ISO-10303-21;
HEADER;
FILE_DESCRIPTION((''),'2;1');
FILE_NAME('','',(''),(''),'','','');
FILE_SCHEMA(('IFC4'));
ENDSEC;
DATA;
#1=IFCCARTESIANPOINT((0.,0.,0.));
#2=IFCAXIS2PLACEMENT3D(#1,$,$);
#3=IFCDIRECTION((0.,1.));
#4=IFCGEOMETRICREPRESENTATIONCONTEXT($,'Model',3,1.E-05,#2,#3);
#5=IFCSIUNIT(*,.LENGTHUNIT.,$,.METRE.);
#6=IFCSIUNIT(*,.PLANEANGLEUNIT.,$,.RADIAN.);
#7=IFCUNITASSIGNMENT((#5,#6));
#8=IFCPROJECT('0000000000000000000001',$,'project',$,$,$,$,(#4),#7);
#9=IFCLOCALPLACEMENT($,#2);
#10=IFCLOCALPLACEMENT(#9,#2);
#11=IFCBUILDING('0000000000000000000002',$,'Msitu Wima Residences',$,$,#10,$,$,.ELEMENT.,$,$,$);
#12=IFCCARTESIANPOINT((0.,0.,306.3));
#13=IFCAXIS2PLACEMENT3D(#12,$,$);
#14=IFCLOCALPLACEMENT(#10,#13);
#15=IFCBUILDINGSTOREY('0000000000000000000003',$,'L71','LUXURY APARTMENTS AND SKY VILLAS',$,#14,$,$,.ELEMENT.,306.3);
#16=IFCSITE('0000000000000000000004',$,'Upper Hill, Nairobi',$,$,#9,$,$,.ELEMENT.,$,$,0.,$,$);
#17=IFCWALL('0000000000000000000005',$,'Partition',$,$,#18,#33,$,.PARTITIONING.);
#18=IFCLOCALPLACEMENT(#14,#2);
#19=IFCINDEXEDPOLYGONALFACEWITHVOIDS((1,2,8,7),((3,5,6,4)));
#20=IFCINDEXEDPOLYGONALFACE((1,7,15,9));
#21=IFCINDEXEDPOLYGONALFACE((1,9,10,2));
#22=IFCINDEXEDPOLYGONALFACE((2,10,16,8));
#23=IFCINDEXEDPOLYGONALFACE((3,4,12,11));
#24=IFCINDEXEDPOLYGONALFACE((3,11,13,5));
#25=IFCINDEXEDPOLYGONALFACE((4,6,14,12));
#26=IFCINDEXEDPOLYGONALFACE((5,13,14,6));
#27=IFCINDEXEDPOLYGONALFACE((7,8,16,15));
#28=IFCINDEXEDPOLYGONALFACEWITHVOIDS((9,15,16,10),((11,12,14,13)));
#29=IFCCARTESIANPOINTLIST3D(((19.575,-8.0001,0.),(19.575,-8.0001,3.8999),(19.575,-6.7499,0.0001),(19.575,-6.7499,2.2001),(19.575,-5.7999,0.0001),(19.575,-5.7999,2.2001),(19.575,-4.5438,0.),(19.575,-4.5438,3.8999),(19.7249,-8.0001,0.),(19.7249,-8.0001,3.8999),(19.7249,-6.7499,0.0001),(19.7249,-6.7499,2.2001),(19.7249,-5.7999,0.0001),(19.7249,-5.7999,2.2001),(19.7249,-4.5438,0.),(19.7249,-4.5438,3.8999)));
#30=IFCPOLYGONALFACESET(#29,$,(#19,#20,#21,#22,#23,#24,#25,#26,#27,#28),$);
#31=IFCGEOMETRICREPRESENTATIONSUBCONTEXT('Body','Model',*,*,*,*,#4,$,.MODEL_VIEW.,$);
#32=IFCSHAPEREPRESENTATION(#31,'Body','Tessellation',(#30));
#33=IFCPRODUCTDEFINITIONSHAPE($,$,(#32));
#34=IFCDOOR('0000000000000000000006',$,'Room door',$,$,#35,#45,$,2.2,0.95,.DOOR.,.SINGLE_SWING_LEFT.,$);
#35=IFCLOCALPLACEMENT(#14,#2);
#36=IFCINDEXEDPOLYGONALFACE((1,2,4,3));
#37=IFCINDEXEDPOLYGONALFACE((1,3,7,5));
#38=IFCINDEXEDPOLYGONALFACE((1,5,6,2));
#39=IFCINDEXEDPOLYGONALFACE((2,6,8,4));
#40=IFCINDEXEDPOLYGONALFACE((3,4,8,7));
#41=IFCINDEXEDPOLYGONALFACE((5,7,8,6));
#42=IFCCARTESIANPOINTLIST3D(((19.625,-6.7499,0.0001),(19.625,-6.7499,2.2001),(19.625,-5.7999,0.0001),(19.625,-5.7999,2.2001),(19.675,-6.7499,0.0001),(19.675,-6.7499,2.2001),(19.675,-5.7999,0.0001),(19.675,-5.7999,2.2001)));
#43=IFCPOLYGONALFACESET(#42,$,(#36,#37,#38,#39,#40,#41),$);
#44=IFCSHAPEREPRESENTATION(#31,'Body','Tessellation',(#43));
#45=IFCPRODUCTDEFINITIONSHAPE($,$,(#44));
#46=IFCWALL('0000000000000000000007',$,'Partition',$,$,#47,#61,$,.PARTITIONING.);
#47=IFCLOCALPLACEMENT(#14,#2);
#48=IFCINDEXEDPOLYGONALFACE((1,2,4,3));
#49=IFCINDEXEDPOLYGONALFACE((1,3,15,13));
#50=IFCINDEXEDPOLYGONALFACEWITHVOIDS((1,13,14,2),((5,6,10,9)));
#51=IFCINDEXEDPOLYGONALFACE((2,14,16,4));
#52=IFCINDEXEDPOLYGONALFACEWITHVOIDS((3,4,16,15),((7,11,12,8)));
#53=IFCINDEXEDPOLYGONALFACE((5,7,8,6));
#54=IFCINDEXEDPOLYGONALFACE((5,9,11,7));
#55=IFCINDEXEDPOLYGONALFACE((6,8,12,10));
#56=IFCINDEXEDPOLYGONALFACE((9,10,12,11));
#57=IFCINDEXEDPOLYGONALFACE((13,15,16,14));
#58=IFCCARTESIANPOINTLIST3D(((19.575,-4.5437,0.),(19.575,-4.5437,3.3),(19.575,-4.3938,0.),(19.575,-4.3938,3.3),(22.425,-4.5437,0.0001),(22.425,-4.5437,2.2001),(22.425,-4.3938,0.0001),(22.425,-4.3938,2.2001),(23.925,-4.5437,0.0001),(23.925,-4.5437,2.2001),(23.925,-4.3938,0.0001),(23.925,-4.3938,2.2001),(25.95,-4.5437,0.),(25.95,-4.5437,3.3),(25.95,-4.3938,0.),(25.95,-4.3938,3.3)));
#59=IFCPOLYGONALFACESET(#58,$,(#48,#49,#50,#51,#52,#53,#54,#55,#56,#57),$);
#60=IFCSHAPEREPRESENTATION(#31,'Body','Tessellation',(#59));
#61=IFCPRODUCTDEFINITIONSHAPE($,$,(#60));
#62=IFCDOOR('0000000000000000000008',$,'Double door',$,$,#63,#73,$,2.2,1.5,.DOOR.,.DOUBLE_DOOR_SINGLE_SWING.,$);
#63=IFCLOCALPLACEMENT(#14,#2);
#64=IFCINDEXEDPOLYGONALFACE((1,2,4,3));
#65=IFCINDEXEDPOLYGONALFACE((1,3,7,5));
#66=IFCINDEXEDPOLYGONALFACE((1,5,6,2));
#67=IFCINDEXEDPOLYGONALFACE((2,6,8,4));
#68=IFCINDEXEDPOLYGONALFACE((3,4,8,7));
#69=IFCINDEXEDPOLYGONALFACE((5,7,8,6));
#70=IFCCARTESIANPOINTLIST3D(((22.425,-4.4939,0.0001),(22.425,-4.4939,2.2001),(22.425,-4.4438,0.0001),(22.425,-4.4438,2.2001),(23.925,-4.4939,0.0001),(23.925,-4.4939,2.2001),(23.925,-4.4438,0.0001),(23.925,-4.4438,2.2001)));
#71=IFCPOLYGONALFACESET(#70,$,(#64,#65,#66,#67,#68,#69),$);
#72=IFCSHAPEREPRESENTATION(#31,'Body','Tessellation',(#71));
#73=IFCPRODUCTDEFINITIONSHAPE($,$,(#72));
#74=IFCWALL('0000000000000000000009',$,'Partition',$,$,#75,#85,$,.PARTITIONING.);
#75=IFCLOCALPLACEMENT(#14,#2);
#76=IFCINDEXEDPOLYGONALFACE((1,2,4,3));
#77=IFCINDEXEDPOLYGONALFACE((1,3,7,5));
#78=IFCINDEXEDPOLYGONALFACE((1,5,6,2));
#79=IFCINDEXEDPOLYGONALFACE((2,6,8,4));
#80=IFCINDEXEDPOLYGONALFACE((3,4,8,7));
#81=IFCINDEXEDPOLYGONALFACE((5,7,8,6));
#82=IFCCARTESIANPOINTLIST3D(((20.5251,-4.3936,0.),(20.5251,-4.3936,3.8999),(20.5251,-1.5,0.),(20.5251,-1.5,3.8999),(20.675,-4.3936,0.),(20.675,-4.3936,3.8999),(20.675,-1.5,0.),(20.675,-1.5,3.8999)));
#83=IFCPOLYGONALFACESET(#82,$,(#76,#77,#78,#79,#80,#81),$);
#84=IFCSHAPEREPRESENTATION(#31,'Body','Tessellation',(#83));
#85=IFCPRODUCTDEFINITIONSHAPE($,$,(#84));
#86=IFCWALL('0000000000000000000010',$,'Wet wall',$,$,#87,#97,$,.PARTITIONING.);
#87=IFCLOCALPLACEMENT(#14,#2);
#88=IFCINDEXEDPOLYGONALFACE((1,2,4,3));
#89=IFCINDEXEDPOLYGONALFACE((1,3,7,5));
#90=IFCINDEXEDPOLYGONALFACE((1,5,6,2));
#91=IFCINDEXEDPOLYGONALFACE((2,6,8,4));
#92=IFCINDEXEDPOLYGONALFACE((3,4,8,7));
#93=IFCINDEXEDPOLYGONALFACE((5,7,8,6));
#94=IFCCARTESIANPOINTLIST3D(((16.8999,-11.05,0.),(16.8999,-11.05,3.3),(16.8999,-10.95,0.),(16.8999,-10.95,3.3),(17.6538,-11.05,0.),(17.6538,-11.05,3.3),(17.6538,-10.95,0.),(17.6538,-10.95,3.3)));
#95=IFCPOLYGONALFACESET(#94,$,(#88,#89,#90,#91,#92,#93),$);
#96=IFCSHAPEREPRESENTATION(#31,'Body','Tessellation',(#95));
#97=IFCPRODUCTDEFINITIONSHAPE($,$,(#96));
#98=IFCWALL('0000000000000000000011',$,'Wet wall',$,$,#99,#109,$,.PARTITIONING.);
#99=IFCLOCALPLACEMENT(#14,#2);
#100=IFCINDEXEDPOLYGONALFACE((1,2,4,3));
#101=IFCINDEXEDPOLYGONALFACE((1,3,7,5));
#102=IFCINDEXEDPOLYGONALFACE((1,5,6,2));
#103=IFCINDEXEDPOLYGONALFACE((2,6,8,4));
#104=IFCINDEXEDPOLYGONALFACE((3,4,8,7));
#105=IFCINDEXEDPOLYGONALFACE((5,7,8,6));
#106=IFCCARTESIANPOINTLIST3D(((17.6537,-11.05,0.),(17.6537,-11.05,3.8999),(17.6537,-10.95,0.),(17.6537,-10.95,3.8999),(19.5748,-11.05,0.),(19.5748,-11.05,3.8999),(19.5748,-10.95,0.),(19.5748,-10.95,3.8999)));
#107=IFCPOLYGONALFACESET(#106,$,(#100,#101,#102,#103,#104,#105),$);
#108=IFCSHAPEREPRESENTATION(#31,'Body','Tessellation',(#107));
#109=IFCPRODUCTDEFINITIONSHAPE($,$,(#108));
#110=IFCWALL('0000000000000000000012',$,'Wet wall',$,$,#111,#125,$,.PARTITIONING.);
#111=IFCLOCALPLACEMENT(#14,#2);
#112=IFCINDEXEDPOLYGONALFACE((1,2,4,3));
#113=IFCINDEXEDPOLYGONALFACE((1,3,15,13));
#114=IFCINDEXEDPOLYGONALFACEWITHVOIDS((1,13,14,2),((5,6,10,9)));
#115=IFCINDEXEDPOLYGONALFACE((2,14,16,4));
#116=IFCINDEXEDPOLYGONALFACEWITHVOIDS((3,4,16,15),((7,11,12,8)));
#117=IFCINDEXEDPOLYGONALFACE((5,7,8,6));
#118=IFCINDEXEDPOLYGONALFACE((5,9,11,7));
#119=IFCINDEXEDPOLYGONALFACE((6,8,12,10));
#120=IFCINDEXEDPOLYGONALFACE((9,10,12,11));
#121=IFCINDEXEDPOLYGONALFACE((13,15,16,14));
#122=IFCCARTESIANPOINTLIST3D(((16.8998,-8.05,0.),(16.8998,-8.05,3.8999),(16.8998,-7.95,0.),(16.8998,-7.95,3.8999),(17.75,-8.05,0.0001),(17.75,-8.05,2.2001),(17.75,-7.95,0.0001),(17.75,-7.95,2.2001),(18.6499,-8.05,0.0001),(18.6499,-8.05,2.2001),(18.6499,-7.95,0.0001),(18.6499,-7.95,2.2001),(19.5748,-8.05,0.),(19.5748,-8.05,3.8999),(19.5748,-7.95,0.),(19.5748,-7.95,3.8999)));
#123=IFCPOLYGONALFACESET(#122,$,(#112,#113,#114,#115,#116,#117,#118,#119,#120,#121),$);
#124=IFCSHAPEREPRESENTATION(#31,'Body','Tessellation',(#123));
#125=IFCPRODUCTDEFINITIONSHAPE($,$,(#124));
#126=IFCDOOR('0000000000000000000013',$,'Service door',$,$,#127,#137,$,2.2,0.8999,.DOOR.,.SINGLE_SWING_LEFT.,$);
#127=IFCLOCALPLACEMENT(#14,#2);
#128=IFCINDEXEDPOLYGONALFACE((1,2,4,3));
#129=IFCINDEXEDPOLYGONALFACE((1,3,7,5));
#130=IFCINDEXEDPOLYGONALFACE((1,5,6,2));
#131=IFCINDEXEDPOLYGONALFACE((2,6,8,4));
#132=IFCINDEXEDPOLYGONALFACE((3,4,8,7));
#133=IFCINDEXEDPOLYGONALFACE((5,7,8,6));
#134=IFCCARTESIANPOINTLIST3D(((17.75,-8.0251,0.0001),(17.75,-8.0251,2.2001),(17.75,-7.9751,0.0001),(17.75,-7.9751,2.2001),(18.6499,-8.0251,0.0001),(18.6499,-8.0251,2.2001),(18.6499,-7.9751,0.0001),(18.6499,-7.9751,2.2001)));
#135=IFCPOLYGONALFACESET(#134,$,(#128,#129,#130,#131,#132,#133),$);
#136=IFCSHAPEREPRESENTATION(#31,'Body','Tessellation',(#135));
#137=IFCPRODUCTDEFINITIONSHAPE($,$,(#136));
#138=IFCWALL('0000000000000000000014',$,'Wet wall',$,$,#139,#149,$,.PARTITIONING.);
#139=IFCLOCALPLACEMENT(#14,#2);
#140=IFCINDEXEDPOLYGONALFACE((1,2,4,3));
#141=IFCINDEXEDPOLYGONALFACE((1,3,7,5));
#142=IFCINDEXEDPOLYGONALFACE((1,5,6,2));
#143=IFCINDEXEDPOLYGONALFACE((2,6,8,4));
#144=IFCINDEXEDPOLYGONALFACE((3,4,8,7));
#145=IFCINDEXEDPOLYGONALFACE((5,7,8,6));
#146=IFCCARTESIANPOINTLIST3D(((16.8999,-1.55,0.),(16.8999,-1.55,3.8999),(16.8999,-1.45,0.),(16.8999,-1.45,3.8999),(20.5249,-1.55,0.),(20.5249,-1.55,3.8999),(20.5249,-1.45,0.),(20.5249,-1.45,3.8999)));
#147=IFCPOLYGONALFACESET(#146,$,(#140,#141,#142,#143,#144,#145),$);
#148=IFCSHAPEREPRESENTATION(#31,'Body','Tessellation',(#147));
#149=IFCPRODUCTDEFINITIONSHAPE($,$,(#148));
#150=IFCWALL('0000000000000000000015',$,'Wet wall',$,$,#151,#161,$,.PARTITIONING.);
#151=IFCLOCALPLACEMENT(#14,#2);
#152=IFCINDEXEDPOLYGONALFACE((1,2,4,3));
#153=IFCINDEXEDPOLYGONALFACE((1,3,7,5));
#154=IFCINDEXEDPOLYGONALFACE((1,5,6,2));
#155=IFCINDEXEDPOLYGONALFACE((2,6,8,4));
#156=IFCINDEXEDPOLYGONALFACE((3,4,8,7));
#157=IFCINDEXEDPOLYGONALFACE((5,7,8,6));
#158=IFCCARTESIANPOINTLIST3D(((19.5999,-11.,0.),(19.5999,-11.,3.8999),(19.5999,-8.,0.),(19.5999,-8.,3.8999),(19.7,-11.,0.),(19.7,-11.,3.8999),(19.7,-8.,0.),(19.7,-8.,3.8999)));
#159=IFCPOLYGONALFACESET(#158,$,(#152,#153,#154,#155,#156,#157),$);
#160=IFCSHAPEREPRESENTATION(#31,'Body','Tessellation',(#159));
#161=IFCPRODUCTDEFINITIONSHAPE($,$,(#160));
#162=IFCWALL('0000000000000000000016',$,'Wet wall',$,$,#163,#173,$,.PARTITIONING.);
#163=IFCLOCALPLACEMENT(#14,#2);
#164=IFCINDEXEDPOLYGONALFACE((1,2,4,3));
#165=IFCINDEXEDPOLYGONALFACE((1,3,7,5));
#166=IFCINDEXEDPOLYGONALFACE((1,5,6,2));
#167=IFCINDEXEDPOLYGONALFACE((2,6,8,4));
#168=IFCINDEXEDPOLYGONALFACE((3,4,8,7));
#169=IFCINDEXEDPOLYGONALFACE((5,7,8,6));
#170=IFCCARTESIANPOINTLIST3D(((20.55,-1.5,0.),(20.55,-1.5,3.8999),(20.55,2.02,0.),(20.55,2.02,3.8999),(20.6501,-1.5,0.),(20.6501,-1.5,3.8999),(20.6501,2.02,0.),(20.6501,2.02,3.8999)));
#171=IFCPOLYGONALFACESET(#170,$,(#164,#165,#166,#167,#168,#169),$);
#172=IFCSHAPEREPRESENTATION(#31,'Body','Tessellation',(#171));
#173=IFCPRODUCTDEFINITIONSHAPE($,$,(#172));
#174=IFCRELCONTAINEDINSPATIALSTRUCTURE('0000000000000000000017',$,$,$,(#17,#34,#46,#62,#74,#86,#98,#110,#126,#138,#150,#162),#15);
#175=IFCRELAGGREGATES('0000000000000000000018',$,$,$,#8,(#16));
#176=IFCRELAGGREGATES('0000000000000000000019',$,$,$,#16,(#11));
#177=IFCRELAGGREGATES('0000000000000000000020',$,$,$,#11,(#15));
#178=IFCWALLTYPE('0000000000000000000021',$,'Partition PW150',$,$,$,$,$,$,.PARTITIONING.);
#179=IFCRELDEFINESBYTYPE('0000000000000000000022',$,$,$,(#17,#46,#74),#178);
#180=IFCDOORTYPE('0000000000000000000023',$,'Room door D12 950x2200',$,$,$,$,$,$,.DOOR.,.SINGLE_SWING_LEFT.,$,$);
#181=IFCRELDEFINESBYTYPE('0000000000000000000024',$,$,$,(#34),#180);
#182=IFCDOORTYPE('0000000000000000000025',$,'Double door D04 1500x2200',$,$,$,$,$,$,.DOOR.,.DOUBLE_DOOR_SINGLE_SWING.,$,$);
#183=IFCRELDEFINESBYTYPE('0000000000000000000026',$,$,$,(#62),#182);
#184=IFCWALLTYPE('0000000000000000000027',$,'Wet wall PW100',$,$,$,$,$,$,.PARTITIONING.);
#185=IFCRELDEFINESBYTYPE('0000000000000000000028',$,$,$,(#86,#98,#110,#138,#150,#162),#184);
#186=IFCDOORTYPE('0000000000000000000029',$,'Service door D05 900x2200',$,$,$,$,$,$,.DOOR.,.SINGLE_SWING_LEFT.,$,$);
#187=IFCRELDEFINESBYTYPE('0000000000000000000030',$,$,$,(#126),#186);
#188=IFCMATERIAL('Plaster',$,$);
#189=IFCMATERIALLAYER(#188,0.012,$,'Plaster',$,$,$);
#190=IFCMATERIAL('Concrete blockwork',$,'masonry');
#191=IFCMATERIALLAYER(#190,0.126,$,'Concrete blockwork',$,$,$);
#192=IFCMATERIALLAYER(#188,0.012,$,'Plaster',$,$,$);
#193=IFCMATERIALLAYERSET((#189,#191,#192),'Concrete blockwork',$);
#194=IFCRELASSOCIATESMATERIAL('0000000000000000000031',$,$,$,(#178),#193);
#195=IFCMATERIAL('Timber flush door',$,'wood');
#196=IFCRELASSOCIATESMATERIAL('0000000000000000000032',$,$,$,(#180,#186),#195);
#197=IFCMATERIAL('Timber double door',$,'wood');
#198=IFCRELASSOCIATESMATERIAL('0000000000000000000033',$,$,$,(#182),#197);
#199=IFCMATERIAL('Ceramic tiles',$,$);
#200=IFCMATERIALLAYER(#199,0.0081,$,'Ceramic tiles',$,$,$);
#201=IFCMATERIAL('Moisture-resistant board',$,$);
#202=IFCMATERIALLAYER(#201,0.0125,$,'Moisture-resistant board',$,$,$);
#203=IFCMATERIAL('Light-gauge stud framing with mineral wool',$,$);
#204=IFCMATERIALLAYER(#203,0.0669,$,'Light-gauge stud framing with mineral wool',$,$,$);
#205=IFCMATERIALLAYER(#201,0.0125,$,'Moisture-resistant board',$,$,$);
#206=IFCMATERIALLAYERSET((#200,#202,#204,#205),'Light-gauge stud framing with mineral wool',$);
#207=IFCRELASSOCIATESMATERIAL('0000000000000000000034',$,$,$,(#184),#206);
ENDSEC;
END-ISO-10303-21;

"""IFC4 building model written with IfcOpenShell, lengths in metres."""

from ifc_helpers import new_model, si_unit, direction, frame, frame_2d, origin, place, context, subcontext, project, spatial, rectangle, extrude, material, layer, layer_set, type_object, element, fill, save


model = new_model("IFC4")

# Units and contexts
model_context = context("Model", 3, precision=1e-05, world=origin(), true_north=direction((0.0, 1.0)))
body_context = subcontext(model_context, "Body", "Model", "MODEL_VIEW")
ifc_project = project(units=[si_unit("LENGTHUNIT", "METRE"), si_unit("PLANEANGLEUNIT", "RADIAN")], contexts=[model_context])

# Site, building, storey
site_placement = place(None, origin())
site = spatial("IfcSite", under=ifc_project, at=site_placement, Name="Upper Hill, Nairobi", CompositionType="ELEMENT", RefElevation=0.0)
building_placement = place(site_placement, origin())
building = spatial("IfcBuilding", under=site, at=building_placement, Name="Msitu Wima Residences", CompositionType="ELEMENT")
storey_placement = place(building_placement, frame((0.0, 0.0, 306.3)))
storey = spatial("IfcBuildingStorey", under=building, at=storey_placement, Name="L71", Description="LUXURY APARTMENTS AND SKY VILLAS", CompositionType="ELEMENT", Elevation=306.3)

# Walls, openings, doors
ifc_material_1 = material(Name="Plaster")
ifc_layer_1 = layer(ifc_material_1, 0.012, Name="Plaster")
ifc_material_2 = material(Name="Concrete blockwork", Category="masonry")
ifc_layer_2 = layer(ifc_material_2, 0.126, Name="Concrete blockwork")
ifc_layer_3 = layer(ifc_material_1, 0.012, Name="Plaster")
ifc_layer_set_1 = layer_set([ifc_layer_1, ifc_layer_2, ifc_layer_3], Name="Concrete blockwork")
wall_type_1 = type_object("IfcWallType", Name="Partition PW150", PredefinedType="PARTITIONING", material=ifc_layer_set_1)
wall_1_placement = place(storey_placement, frame((19.6499, -8.0, 0.0), z_axis=(0.0, 0.0, 1.0), x_axis=(0.0, 1.0, 0.0)))
wall_1 = element("IfcWall", 1, at=wall_1_placement, inside=storey, type_object=wall_type_1, Name="Partition", PredefinedType="PARTITIONING", context=body_context, shape_type="SweptSolid", body=[
    extrude(rectangle(XDim=3.4563, YDim=0.1499, at=frame_2d((1.728, 0.0))), origin(), (0.0, 0.0, 1.0), 3.8999),
])
opening_1_placement = place(wall_1_placement, frame((1.25, 0.0, 0.0)))
opening_1 = element("IfcOpeningElement", 2, at=opening_1_placement, cuts=wall_1, PredefinedType="OPENING", context=body_context, shape_type="SweptSolid", body=[
    extrude(rectangle(XDim=0.95, YDim=2.2, at=frame_2d((0.4751, 1.1001))), frame((0.0, 0.085, 0.0), z_axis=(0.0, -1.0, 0.0), x_axis=(1.0, 0.0, 0.0)), (0.0, 0.0, 1.0), 0.1699),
])
ifc_material_3 = material(Name="Timber flush door", Category="wood")
door_type_1 = type_object("IfcDoorType", Name="Room door D12 950x2200", OperationType="SINGLE_SWING_LEFT", PredefinedType="DOOR", material=ifc_material_3)
door_1_placement = place(opening_1_placement, origin())
door_1 = element("IfcDoor", 3, at=door_1_placement, inside=storey, type_object=door_type_1, Name="Room door", OperationType="SINGLE_SWING_LEFT", OverallHeight=2.2, OverallWidth=0.95, PredefinedType="DOOR", context=body_context, shape_type="SweptSolid", body=[
    extrude(rectangle(XDim=0.95, YDim=2.2, at=frame_2d((0.4751, 1.1001))), frame((0.0, 0.0249, 0.0), z_axis=(0.0, -1.0, 0.0), x_axis=(1.0, 0.0, 0.0)), (0.0, 0.0, 1.0), 0.05),
])
fill(opening_1, door_1)
wall_2_placement = place(storey_placement, frame((19.575, -4.4688, 0.0), z_axis=(0.0, 0.0, 1.0), x_axis=(1.0, 0.0, 0.0)))
wall_2 = element("IfcWall", 4, at=wall_2_placement, inside=storey, type_object=wall_type_1, Name="Partition", PredefinedType="PARTITIONING", context=body_context, shape_type="SweptSolid", body=[
    extrude(rectangle(XDim=6.375, YDim=0.1499, at=frame_2d((3.1875, 0.0))), origin(), (0.0, 0.0, 1.0), 3.3),
])
opening_2_placement = place(wall_2_placement, frame((2.8501, 0.0, 0.0)))
opening_2 = element("IfcOpeningElement", 5, at=opening_2_placement, cuts=wall_2, PredefinedType="OPENING", context=body_context, shape_type="SweptSolid", body=[
    extrude(rectangle(XDim=1.5, YDim=2.2, at=frame_2d((0.75, 1.1001))), frame((0.0, 0.085, 0.0), z_axis=(0.0, -1.0, 0.0), x_axis=(1.0, 0.0, 0.0)), (0.0, 0.0, 1.0), 0.1699),
])
ifc_material_4 = material(Name="Timber double door", Category="wood")
door_type_2 = type_object("IfcDoorType", Name="Double door D04 1500x2200", OperationType="DOUBLE_DOOR_SINGLE_SWING", PredefinedType="DOOR", material=ifc_material_4)
door_2_placement = place(opening_2_placement, origin())
door_2 = element("IfcDoor", 6, at=door_2_placement, inside=storey, type_object=door_type_2, Name="Double door", OperationType="DOUBLE_DOOR_SINGLE_SWING", OverallHeight=2.2, OverallWidth=1.5, PredefinedType="DOOR", context=body_context, shape_type="SweptSolid", body=[
    extrude(rectangle(XDim=1.5, YDim=2.2, at=frame_2d((0.75, 1.1001))), frame((0.0, 0.0249, 0.0), z_axis=(0.0, -1.0, 0.0), x_axis=(1.0, 0.0, 0.0)), (0.0, 0.0, 1.0), 0.05),
])
fill(opening_2, door_2)

# Walls
wall_3_placement = place(storey_placement, frame((20.6001, -4.3936, 0.0), z_axis=(0.0, 0.0, 1.0), x_axis=(0.0, 1.0, 0.0)))
element("IfcWall", 7, at=wall_3_placement, inside=storey, type_object=wall_type_1, Name="Partition", PredefinedType="PARTITIONING", context=body_context, shape_type="SweptSolid", body=[
    extrude(rectangle(XDim=2.8936, YDim=0.1499, at=frame_2d((1.4468, 0.0))), origin(), (0.0, 0.0, 1.0), 3.8999),
])
ifc_material_5 = material(Name="Ceramic tiles")
ifc_layer_4 = layer(ifc_material_5, 0.0081, Name="Ceramic tiles")
ifc_material_6 = material(Name="Moisture-resistant board")
ifc_layer_5 = layer(ifc_material_6, 0.0125, Name="Moisture-resistant board")
ifc_material_7 = material(Name="Light-gauge stud framing with mineral wool")
ifc_layer_6 = layer(ifc_material_7, 0.0669, Name="Light-gauge stud framing with mineral wool")
ifc_layer_7 = layer(ifc_material_6, 0.0125, Name="Moisture-resistant board")
ifc_layer_set_2 = layer_set([ifc_layer_4, ifc_layer_5, ifc_layer_6, ifc_layer_7], Name="Light-gauge stud framing with mineral wool")
wall_type_2 = type_object("IfcWallType", Name="Wet wall PW100", PredefinedType="PARTITIONING", material=ifc_layer_set_2)
wall_4_placement = place(storey_placement, frame((16.8999, -11.0, 0.0), z_axis=(0.0, 0.0, 1.0), x_axis=(1.0, 0.0, 0.0)))
element("IfcWall", 8, at=wall_4_placement, inside=storey, type_object=wall_type_2, Name="Wet wall", PredefinedType="PARTITIONING", context=body_context, shape_type="SweptSolid", body=[
    extrude(rectangle(XDim=0.7539, YDim=0.1001, at=frame_2d((0.377, 0.0))), origin(), (0.0, 0.0, 1.0), 3.3),
])
wall_5_placement = place(storey_placement, frame((17.6538, -11.0, 0.0), z_axis=(0.0, 0.0, 1.0), x_axis=(1.0, 0.0, 0.0)))
element("IfcWall", 9, at=wall_5_placement, inside=storey, type_object=wall_type_2, Name="Wet wall", PredefinedType="PARTITIONING", context=body_context, shape_type="SweptSolid", body=[
    extrude(rectangle(XDim=1.9211, YDim=0.1001, at=frame_2d((0.9604, 0.0))), origin(), (0.0, 0.0, 1.0), 3.8999),
])

# Wall, opening, door
wall_6_placement = place(storey_placement, frame((16.8999, -8.0, 0.0), z_axis=(0.0, 0.0, 1.0), x_axis=(1.0, 0.0, 0.0)))
wall_6 = element("IfcWall", 10, at=wall_6_placement, inside=storey, type_object=wall_type_2, Name="Wet wall", PredefinedType="PARTITIONING", context=body_context, shape_type="SweptSolid", body=[
    extrude(rectangle(XDim=2.675, YDim=0.1001, at=frame_2d((1.3374, 0.0))), origin(), (0.0, 0.0, 1.0), 3.8999),
])
opening_3_placement = place(wall_6_placement, frame((0.8501, 0.0, 0.0)))
opening_3 = element("IfcOpeningElement", 11, at=opening_3_placement, cuts=wall_6, PredefinedType="OPENING", context=body_context, shape_type="SweptSolid", body=[
    extrude(rectangle(XDim=0.8999, YDim=2.2, at=frame_2d((0.45, 1.1001))), frame((0.0, 0.0601, 0.0), z_axis=(0.0, -1.0, 0.0), x_axis=(1.0, 0.0, 0.0)), (0.0, 0.0, 1.0), 0.1201),
])
door_type_3 = type_object("IfcDoorType", Name="Service door D05 900x2200", OperationType="SINGLE_SWING_LEFT", PredefinedType="DOOR", material=ifc_material_3)
door_3_placement = place(opening_3_placement, origin())
door_3 = element("IfcDoor", 12, at=door_3_placement, inside=storey, type_object=door_type_3, Name="Service door", OperationType="SINGLE_SWING_LEFT", OverallHeight=2.2, OverallWidth=0.8999, PredefinedType="DOOR", context=body_context, shape_type="SweptSolid", body=[
    extrude(rectangle(XDim=0.8999, YDim=2.2, at=frame_2d((0.45, 1.1001))), frame((0.0, 0.0249, 0.0), z_axis=(0.0, -1.0, 0.0), x_axis=(1.0, 0.0, 0.0)), (0.0, 0.0, 1.0), 0.05),
])
fill(opening_3, door_3)

# Walls
wall_7_placement = place(storey_placement, frame((16.8999, -1.5, 0.0), z_axis=(0.0, 0.0, 1.0), x_axis=(1.0, 0.0, 0.0)))
element("IfcWall", 13, at=wall_7_placement, inside=storey, type_object=wall_type_2, Name="Wet wall", PredefinedType="PARTITIONING", context=body_context, shape_type="SweptSolid", body=[
    extrude(rectangle(XDim=3.625, YDim=0.1001, at=frame_2d((1.8125, 0.0))), origin(), (0.0, 0.0, 1.0), 3.8999),
])
wall_8_placement = place(storey_placement, frame((19.6499, -11.0, 0.0), z_axis=(0.0, 0.0, 1.0), x_axis=(0.0, 1.0, 0.0)))
element("IfcWall", 14, at=wall_8_placement, inside=storey, type_object=wall_type_2, Name="Wet wall", PredefinedType="PARTITIONING", context=body_context, shape_type="SweptSolid", body=[
    extrude(rectangle(XDim=3.0, YDim=0.1001, at=frame_2d((1.5, 0.0))), origin(), (0.0, 0.0, 1.0), 3.8999),
])
wall_9_placement = place(storey_placement, frame((20.6001, -1.5, 0.0), z_axis=(0.0, 0.0, 1.0), x_axis=(0.0, 1.0, 0.0)))
element("IfcWall", 15, at=wall_9_placement, inside=storey, type_object=wall_type_2, Name="Wet wall", PredefinedType="PARTITIONING", context=body_context, shape_type="SweptSolid", body=[
    extrude(rectangle(XDim=3.52, YDim=0.1001, at=frame_2d((1.76, 0.0))), origin(), (0.0, 0.0, 1.0), 3.8999),
])

save(model, "model.ifc")
